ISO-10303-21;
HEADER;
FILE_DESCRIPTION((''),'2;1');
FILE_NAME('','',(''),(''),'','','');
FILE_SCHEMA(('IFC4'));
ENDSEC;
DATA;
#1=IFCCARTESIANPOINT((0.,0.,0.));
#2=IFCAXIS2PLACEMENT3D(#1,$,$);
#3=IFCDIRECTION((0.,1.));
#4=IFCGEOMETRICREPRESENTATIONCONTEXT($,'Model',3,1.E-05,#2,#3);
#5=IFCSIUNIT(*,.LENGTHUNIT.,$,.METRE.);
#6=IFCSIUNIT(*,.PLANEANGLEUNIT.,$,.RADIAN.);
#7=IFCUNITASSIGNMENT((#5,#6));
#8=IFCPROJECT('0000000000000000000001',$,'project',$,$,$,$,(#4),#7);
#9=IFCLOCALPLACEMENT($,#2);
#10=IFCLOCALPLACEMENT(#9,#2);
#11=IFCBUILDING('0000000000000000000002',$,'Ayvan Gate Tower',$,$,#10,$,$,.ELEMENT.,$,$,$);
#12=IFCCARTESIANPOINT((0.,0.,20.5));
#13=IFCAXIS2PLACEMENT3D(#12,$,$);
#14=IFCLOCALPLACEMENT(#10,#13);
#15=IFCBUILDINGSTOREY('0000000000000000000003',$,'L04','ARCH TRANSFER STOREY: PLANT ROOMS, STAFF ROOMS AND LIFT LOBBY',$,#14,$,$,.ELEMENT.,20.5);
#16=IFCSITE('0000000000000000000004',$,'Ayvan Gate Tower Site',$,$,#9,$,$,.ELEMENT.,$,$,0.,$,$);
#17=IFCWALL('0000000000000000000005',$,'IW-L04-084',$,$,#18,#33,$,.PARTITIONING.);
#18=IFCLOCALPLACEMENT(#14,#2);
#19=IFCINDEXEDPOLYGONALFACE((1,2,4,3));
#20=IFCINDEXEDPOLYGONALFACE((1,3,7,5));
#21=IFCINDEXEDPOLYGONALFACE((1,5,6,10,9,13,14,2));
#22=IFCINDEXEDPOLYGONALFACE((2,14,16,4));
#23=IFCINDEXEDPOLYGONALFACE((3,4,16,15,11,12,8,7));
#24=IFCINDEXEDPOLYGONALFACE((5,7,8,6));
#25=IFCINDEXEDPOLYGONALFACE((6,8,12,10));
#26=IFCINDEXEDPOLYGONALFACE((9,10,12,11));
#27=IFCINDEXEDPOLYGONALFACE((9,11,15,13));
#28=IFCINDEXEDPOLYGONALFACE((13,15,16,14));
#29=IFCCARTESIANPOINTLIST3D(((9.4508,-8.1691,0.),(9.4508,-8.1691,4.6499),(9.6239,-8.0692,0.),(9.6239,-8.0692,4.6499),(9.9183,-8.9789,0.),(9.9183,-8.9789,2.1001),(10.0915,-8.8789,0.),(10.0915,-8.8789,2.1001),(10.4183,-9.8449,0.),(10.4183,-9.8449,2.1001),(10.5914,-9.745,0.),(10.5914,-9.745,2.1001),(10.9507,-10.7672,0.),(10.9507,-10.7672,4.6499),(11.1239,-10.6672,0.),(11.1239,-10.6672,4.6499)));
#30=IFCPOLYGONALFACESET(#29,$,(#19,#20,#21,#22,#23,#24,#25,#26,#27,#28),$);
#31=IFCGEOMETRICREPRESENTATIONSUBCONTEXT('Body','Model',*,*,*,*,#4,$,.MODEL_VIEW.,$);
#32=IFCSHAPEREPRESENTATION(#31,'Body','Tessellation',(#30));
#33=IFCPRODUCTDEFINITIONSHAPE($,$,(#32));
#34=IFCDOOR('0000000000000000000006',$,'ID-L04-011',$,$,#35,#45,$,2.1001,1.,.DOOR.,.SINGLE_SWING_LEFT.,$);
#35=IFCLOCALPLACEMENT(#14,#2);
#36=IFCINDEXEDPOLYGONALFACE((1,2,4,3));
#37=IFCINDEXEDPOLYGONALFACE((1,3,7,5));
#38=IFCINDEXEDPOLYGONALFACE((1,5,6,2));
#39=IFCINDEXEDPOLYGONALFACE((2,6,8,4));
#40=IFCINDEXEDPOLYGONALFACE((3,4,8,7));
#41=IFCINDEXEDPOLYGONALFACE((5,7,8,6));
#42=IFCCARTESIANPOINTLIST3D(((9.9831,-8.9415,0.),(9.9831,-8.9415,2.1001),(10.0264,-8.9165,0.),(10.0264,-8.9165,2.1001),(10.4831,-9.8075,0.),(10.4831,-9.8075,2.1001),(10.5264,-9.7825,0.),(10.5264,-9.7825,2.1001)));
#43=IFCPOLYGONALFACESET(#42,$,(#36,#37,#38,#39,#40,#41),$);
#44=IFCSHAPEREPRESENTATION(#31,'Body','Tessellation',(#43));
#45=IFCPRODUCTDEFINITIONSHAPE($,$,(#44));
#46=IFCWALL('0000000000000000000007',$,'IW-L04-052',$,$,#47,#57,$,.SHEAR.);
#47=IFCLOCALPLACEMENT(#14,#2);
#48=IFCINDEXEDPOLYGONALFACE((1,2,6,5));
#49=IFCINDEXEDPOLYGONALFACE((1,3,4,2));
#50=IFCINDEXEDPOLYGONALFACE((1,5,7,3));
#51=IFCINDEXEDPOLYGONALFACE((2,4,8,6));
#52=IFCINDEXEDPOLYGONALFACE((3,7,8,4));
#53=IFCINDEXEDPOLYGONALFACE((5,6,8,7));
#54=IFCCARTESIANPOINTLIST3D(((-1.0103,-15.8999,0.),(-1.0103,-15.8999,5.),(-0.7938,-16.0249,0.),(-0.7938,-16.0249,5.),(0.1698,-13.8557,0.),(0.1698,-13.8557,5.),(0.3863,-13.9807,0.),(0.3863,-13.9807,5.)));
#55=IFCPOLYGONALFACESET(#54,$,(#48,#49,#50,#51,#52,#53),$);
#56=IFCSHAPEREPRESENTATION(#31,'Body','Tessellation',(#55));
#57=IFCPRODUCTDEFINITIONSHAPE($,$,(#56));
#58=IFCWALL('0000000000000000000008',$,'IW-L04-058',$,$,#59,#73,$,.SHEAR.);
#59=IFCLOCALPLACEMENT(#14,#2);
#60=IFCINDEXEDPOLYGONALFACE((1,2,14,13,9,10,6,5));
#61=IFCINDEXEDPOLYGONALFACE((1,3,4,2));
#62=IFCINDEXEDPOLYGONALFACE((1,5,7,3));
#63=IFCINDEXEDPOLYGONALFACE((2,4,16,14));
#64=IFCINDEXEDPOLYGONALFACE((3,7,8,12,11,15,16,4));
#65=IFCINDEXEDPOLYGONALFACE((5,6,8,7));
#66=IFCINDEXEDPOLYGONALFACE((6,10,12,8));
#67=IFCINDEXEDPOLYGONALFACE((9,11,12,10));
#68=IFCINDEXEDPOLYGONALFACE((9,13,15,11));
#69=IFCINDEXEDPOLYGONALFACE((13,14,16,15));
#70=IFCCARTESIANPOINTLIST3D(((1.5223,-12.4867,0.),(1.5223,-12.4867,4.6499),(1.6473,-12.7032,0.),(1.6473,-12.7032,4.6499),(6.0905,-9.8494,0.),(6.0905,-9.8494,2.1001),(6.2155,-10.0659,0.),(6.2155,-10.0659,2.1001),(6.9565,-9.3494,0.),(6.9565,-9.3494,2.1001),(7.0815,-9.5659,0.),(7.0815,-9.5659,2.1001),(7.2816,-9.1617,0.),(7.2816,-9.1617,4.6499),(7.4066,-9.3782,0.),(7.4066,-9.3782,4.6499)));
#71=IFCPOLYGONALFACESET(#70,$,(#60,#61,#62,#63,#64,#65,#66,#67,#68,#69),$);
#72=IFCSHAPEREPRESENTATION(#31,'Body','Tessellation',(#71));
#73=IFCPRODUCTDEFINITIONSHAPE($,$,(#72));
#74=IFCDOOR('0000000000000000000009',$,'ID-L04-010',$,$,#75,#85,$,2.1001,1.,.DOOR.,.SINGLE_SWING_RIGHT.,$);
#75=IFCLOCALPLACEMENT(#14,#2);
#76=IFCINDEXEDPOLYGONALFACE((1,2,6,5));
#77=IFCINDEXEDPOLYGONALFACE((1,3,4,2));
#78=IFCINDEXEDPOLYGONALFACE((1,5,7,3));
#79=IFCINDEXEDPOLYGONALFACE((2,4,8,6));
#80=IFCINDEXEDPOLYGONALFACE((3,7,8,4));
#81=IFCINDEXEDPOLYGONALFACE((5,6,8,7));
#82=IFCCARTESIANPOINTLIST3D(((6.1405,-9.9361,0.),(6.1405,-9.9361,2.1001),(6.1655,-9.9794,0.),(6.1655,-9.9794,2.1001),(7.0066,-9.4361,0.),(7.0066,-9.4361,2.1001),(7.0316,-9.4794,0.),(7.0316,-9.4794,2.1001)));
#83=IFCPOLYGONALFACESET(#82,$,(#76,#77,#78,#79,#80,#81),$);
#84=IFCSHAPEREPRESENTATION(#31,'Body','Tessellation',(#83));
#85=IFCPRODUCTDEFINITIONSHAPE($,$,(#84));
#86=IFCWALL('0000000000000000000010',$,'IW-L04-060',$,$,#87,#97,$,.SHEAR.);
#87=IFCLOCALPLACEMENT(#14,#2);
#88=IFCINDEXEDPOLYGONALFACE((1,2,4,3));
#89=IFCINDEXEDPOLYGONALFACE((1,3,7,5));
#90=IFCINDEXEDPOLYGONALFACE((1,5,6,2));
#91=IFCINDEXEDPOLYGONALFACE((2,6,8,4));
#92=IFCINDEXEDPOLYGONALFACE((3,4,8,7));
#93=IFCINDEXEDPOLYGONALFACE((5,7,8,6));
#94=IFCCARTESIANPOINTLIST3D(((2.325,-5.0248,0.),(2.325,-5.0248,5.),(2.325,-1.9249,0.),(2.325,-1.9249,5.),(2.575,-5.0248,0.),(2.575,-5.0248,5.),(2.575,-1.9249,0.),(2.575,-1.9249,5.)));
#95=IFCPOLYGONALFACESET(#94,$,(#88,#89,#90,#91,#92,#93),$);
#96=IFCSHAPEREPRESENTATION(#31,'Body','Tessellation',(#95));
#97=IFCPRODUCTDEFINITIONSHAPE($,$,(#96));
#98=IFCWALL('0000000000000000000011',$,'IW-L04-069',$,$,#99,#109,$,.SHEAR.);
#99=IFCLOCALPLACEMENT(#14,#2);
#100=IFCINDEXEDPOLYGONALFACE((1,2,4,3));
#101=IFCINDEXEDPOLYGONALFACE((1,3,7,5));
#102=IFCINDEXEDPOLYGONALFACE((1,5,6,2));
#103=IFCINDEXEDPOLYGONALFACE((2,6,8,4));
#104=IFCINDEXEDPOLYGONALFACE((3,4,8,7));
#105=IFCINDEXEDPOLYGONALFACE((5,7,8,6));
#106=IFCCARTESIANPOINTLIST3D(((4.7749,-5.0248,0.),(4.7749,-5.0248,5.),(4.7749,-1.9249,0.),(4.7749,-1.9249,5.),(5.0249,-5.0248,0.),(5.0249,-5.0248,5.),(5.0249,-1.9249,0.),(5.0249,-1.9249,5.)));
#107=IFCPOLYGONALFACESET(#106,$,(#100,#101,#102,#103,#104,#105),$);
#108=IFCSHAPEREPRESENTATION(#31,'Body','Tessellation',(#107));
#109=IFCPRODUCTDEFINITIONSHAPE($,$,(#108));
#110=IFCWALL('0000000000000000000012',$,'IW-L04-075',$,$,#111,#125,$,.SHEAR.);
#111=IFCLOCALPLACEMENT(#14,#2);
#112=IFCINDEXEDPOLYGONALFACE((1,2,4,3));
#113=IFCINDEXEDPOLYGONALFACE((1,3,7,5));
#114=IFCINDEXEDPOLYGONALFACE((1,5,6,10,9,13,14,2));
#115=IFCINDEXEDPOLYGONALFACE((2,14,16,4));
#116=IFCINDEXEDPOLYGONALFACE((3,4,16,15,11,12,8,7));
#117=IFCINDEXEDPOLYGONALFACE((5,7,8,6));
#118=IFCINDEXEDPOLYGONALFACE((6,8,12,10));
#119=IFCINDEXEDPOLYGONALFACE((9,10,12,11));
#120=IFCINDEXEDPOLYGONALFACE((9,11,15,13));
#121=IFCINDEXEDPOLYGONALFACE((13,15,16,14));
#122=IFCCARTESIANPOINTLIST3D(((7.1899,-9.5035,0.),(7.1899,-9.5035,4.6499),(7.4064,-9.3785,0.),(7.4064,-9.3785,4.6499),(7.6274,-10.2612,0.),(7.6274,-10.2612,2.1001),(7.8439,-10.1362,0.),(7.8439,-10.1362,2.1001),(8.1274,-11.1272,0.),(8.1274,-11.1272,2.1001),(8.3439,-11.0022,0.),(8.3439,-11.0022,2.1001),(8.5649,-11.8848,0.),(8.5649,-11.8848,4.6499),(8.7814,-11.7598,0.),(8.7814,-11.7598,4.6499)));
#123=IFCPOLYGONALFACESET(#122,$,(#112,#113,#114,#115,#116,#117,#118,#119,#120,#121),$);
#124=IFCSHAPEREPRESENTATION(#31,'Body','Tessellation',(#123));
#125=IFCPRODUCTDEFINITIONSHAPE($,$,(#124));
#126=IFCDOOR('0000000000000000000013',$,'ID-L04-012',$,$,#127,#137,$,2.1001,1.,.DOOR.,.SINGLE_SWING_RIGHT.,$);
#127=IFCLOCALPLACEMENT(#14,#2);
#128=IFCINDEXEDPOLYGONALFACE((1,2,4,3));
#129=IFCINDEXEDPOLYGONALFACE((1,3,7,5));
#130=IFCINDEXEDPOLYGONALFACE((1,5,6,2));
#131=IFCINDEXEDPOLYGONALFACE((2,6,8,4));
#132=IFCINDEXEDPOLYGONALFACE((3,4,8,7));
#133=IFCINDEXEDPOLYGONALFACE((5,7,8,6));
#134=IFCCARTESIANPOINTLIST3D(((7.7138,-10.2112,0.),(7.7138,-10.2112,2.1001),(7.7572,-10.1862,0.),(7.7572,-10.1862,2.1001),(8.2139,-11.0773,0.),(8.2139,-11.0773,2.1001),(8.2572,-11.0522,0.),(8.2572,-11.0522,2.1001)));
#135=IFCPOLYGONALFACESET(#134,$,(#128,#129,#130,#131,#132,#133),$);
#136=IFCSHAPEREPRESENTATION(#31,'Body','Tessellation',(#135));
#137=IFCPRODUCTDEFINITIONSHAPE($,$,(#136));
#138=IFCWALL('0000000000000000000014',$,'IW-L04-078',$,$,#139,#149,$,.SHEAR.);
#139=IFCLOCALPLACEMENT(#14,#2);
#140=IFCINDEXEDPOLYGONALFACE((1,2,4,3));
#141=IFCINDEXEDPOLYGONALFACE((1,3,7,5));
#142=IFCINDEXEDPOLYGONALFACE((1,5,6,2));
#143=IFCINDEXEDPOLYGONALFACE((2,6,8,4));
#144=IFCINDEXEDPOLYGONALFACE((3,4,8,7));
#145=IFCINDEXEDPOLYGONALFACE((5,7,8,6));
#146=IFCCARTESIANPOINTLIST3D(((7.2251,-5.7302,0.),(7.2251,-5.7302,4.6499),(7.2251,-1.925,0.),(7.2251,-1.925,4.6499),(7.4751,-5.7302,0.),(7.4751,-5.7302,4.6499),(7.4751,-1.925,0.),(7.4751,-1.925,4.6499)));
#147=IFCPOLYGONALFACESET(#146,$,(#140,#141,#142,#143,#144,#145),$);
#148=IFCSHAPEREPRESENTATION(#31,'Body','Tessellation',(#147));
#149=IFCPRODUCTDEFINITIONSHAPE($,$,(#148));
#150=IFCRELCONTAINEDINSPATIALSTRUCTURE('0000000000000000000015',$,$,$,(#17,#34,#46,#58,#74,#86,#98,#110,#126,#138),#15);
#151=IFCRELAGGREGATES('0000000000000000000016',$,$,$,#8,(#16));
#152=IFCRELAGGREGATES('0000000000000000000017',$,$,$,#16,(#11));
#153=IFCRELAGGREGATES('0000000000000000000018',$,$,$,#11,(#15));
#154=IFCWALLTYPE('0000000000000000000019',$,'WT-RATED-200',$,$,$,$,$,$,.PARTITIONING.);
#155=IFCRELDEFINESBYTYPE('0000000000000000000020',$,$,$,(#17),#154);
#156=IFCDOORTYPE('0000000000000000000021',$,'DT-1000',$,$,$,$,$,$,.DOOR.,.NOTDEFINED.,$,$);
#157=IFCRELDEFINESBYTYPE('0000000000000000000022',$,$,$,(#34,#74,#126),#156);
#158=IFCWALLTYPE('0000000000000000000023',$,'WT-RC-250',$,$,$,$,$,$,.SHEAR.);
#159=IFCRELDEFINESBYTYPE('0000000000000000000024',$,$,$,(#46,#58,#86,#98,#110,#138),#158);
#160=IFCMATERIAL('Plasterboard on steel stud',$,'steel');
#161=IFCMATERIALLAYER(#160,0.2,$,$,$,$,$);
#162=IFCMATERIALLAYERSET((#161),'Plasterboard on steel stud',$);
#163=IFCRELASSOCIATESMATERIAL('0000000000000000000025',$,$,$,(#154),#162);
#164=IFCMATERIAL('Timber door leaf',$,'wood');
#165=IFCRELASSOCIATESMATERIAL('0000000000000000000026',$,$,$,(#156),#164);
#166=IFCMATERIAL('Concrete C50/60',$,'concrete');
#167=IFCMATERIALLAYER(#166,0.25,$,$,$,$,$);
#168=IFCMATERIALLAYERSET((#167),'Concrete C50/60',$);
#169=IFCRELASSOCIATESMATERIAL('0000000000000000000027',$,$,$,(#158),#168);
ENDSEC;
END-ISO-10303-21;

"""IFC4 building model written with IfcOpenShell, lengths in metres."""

from ifc_helpers import new_model, si_unit, direction, frame, frame_2d, origin, place, context, subcontext, project, spatial, rectangle, extrude, material, layer, layer_set, type_object, element, fill, save


model = new_model("IFC4")

# Units and contexts
model_context = context("Model", 3, precision=1e-05, world=origin(), true_north=direction((0.0, 1.0)))
body_context = subcontext(model_context, "Body", "Model", "MODEL_VIEW")
ifc_project = project(units=[si_unit("LENGTHUNIT", "METRE"), si_unit("PLANEANGLEUNIT", "RADIAN")], contexts=[model_context])

# Site, building, storey
site_placement = place(None, origin())
site = spatial("IfcSite", under=ifc_project, at=site_placement, Name="Ayvan Gate Tower Site", CompositionType="ELEMENT", RefElevation=0.0)
building_placement = place(site_placement, origin())
building = spatial("IfcBuilding", under=site, at=building_placement, Name="Ayvan Gate Tower", CompositionType="ELEMENT")
storey_placement = place(building_placement, frame((0.0, 0.0, 20.5)))
storey = spatial("IfcBuildingStorey", under=building, at=storey_placement, Name="L04", Description="ARCH TRANSFER STOREY: PLANT ROOMS, STAFF ROOMS AND LIFT LOBBY", CompositionType="ELEMENT", Elevation=20.5)

# Shared definitions
ifc_material_1 = material(Name="Timber door leaf", Category="wood")

# Shared definitions
ifc_material_2 = material(Name="Plasterboard on steel stud", Category="steel")
ifc_layer_1 = layer(ifc_material_2, 0.2)
ifc_layer_set_1 = layer_set([ifc_layer_1], Name="Plasterboard on steel stud")
wall_type_1 = type_object("IfcWallType", Name="WT-RATED-200", PredefinedType="PARTITIONING", material=ifc_layer_set_1)

# Wall, opening, door
wall_1_placement = place(storey_placement, frame((9.5374, -8.1191, 0.0), z_axis=(0.0, 0.0, 1.0), x_axis=(0.49999, -0.866031, 0.0)))
wall_1 = element("IfcWall", 1, at=wall_1_placement, inside=storey, type_object=wall_type_1, Name="IW-L04-084", PredefinedType="PARTITIONING", context=body_context, shape_type="SweptSolid", body=[
    extrude(rectangle(XDim=3.0, YDim=0.2, at=frame_2d((1.5, 0.0))), origin(), (0.0, 0.0, 1.0), 4.6499),
])
opening_1_placement = place(wall_1_placement, frame((0.9351, 0.0, 0.0)))
opening_1 = element("IfcOpeningElement", 2, at=opening_1_placement, cuts=wall_1, PredefinedType="OPENING", context=body_context, shape_type="SweptSolid", body=[
    extrude(rectangle(XDim=1.0, YDim=2.1001, at=frame_2d((0.5, 1.05))), frame((0.0, 0.1099, 0.0), z_axis=(0.0, -1.0, 0.0), x_axis=(1.0, 0.0, 0.0)), (0.0, 0.0, 1.0), 0.22),
])
door_type_1 = type_object("IfcDoorType", Name="DT-1000", OperationType="NOTDEFINED", PredefinedType="DOOR", material=ifc_material_1)
door_1_placement = place(opening_1_placement, origin())
door_1 = element("IfcDoor", 3, at=door_1_placement, inside=storey, type_object=door_type_1, Name="ID-L04-011", OperationType="SINGLE_SWING_LEFT", OverallHeight=2.1001, OverallWidth=1.0, PredefinedType="DOOR", context=body_context, shape_type="SweptSolid", body=[
    extrude(rectangle(XDim=1.0, YDim=2.1001, at=frame_2d((0.5, 1.05))), frame((0.0, 0.0249, 0.0), z_axis=(0.0, -1.0, 0.0), x_axis=(1.0, 0.0, 0.0)), (0.0, 0.0, 1.0), 0.05),
])
fill(opening_1, door_1)

# Wall
ifc_material_3 = material(Name="Concrete C50/60", Category="concrete")
ifc_layer_2 = layer(ifc_material_3, 0.25)
ifc_layer_set_2 = layer_set([ifc_layer_2], Name="Concrete C50/60")
wall_type_2 = type_object("IfcWallType", Name="WT-RC-250", PredefinedType="SHEAR", material=ifc_layer_set_2)
wall_2_placement = place(storey_placement, frame((0.2781, -13.9182, 0.0), z_axis=(0.0, 0.0, 1.0), x_axis=(-0.499988, -0.866032, 0.0)))
element("IfcWall", 4, at=wall_2_placement, inside=storey, type_object=wall_type_2, Name="IW-L04-052", PredefinedType="SHEAR", context=body_context, shape_type="SweptSolid", body=[
    extrude(rectangle(XDim=2.3604, YDim=0.25, at=frame_2d((1.1802, 0.0))), origin(), (0.0, 0.0, 1.0), 5.0),
])

# Wall, opening, door
wall_3_placement = place(storey_placement, frame((1.5847, -12.595, 0.0), z_axis=(0.0, 0.0, 1.0), x_axis=(0.866036, 0.499981, 0.0)))
wall_3 = element("IfcWall", 5, at=wall_3_placement, inside=storey, type_object=wall_type_2, Name="IW-L04-058", PredefinedType="SHEAR", context=body_context, shape_type="SweptSolid", body=[
    extrude(rectangle(XDim=6.6501, YDim=0.25, at=frame_2d((3.3252, 0.0))), origin(), (0.0, 0.0, 1.0), 4.6499),
])
opening_2_placement = place(wall_3_placement, frame((5.2749, 0.0, 0.0)))
opening_2 = element("IfcOpeningElement", 6, at=opening_2_placement, cuts=wall_3, PredefinedType="OPENING", context=body_context, shape_type="SweptSolid", body=[
    extrude(rectangle(XDim=1.0, YDim=2.1001, at=frame_2d((0.5, 1.05))), frame((0.0, 0.135, 0.0), z_axis=(0.0, -1.0, 0.0), x_axis=(1.0, 0.0, 0.0)), (0.0, 0.0, 1.0), 0.27),
])
door_2_placement = place(opening_2_placement, origin())
door_2 = element("IfcDoor", 7, at=door_2_placement, inside=storey, type_object=door_type_1, Name="ID-L04-010", OperationType="SINGLE_SWING_RIGHT", OverallHeight=2.1001, OverallWidth=1.0, PredefinedType="DOOR", context=body_context, shape_type="SweptSolid", body=[
    extrude(rectangle(XDim=1.0, YDim=2.1001, at=frame_2d((0.5, 1.05))), frame((0.0, 0.0249, 0.0), z_axis=(0.0, -1.0, 0.0), x_axis=(1.0, 0.0, 0.0)), (0.0, 0.0, 1.0), 0.05),
])
fill(opening_2, door_2)

# Walls
for number, where, z_axis, x_axis, name in (
    (8, (2.45, -1.925, 0.0), (0.0, 0.0, 1.0), (0.0, -1.0, 0.0), "IW-L04-060"),
    (9, (4.8999, -1.925, 0.0), (0.0, 0.0, 1.0), (0.0, -1.0, 0.0), "IW-L04-069"),
):
    element("IfcWall", number, at=place(storey_placement, frame(where, z_axis=z_axis, x_axis=x_axis)), inside=storey, type_object=wall_type_2, Name=name, PredefinedType="SHEAR", context=body_context, shape_type="SweptSolid", body=[
        extrude(rectangle(XDim=3.0999, YDim=0.25, at=frame_2d((1.5498, 0.0))), origin(), (0.0, 0.0, 1.0), 5.0),
    ])

# Wall, opening, door
wall_4_placement = place(storey_placement, frame((7.2981, -9.4409, 0.0), z_axis=(0.0, 0.0, 1.0), x_axis=(0.500035, -0.866005, 0.0)))
wall_4 = element("IfcWall", 10, at=wall_4_placement, inside=storey, type_object=wall_type_2, Name="IW-L04-075", PredefinedType="SHEAR", context=body_context, shape_type="SweptSolid", body=[
    extrude(rectangle(XDim=2.7498, YDim=0.25, at=frame_2d((1.375, 0.0))), origin(), (0.0, 0.0, 1.0), 4.6499),
])
opening_3_placement = place(wall_4_placement, frame((0.875, 0.0, 0.0)))
opening_3 = element("IfcOpeningElement", 11, at=opening_3_placement, cuts=wall_4, PredefinedType="OPENING", context=body_context, shape_type="SweptSolid", body=[
    extrude(rectangle(XDim=1.0, YDim=2.1001, at=frame_2d((0.5, 1.05))), frame((0.0, 0.135, 0.0), z_axis=(0.0, -1.0, 0.0), x_axis=(1.0, 0.0, 0.0)), (0.0, 0.0, 1.0), 0.27),
])
door_3_placement = place(opening_3_placement, origin())
door_3 = element("IfcDoor", 12, at=door_3_placement, inside=storey, type_object=door_type_1, Name="ID-L04-012", OperationType="SINGLE_SWING_RIGHT", OverallHeight=2.1001, OverallWidth=1.0, PredefinedType="DOOR", context=body_context, shape_type="SweptSolid", body=[
    extrude(rectangle(XDim=1.0, YDim=2.1001, at=frame_2d((0.5, 1.05))), frame((0.0, 0.0249, 0.0), z_axis=(0.0, -1.0, 0.0), x_axis=(1.0, 0.0, 0.0)), (0.0, 0.0, 1.0), 0.05),
])
fill(opening_3, door_3)

# Wall
wall_5_placement = place(storey_placement, frame((7.3501, -1.925, 0.0), z_axis=(0.0, 0.0, 1.0), x_axis=(0.0, -1.0, 0.0)))
element("IfcWall", 13, at=wall_5_placement, inside=storey, type_object=wall_type_2, Name="IW-L04-078", PredefinedType="SHEAR", context=body_context, shape_type="SweptSolid", body=[
    extrude(rectangle(XDim=3.8052, YDim=0.25, at=frame_2d((1.9026, 0.0))), origin(), (0.0, 0.0, 1.0), 4.6499),
])

save(model, "model.ifc")
